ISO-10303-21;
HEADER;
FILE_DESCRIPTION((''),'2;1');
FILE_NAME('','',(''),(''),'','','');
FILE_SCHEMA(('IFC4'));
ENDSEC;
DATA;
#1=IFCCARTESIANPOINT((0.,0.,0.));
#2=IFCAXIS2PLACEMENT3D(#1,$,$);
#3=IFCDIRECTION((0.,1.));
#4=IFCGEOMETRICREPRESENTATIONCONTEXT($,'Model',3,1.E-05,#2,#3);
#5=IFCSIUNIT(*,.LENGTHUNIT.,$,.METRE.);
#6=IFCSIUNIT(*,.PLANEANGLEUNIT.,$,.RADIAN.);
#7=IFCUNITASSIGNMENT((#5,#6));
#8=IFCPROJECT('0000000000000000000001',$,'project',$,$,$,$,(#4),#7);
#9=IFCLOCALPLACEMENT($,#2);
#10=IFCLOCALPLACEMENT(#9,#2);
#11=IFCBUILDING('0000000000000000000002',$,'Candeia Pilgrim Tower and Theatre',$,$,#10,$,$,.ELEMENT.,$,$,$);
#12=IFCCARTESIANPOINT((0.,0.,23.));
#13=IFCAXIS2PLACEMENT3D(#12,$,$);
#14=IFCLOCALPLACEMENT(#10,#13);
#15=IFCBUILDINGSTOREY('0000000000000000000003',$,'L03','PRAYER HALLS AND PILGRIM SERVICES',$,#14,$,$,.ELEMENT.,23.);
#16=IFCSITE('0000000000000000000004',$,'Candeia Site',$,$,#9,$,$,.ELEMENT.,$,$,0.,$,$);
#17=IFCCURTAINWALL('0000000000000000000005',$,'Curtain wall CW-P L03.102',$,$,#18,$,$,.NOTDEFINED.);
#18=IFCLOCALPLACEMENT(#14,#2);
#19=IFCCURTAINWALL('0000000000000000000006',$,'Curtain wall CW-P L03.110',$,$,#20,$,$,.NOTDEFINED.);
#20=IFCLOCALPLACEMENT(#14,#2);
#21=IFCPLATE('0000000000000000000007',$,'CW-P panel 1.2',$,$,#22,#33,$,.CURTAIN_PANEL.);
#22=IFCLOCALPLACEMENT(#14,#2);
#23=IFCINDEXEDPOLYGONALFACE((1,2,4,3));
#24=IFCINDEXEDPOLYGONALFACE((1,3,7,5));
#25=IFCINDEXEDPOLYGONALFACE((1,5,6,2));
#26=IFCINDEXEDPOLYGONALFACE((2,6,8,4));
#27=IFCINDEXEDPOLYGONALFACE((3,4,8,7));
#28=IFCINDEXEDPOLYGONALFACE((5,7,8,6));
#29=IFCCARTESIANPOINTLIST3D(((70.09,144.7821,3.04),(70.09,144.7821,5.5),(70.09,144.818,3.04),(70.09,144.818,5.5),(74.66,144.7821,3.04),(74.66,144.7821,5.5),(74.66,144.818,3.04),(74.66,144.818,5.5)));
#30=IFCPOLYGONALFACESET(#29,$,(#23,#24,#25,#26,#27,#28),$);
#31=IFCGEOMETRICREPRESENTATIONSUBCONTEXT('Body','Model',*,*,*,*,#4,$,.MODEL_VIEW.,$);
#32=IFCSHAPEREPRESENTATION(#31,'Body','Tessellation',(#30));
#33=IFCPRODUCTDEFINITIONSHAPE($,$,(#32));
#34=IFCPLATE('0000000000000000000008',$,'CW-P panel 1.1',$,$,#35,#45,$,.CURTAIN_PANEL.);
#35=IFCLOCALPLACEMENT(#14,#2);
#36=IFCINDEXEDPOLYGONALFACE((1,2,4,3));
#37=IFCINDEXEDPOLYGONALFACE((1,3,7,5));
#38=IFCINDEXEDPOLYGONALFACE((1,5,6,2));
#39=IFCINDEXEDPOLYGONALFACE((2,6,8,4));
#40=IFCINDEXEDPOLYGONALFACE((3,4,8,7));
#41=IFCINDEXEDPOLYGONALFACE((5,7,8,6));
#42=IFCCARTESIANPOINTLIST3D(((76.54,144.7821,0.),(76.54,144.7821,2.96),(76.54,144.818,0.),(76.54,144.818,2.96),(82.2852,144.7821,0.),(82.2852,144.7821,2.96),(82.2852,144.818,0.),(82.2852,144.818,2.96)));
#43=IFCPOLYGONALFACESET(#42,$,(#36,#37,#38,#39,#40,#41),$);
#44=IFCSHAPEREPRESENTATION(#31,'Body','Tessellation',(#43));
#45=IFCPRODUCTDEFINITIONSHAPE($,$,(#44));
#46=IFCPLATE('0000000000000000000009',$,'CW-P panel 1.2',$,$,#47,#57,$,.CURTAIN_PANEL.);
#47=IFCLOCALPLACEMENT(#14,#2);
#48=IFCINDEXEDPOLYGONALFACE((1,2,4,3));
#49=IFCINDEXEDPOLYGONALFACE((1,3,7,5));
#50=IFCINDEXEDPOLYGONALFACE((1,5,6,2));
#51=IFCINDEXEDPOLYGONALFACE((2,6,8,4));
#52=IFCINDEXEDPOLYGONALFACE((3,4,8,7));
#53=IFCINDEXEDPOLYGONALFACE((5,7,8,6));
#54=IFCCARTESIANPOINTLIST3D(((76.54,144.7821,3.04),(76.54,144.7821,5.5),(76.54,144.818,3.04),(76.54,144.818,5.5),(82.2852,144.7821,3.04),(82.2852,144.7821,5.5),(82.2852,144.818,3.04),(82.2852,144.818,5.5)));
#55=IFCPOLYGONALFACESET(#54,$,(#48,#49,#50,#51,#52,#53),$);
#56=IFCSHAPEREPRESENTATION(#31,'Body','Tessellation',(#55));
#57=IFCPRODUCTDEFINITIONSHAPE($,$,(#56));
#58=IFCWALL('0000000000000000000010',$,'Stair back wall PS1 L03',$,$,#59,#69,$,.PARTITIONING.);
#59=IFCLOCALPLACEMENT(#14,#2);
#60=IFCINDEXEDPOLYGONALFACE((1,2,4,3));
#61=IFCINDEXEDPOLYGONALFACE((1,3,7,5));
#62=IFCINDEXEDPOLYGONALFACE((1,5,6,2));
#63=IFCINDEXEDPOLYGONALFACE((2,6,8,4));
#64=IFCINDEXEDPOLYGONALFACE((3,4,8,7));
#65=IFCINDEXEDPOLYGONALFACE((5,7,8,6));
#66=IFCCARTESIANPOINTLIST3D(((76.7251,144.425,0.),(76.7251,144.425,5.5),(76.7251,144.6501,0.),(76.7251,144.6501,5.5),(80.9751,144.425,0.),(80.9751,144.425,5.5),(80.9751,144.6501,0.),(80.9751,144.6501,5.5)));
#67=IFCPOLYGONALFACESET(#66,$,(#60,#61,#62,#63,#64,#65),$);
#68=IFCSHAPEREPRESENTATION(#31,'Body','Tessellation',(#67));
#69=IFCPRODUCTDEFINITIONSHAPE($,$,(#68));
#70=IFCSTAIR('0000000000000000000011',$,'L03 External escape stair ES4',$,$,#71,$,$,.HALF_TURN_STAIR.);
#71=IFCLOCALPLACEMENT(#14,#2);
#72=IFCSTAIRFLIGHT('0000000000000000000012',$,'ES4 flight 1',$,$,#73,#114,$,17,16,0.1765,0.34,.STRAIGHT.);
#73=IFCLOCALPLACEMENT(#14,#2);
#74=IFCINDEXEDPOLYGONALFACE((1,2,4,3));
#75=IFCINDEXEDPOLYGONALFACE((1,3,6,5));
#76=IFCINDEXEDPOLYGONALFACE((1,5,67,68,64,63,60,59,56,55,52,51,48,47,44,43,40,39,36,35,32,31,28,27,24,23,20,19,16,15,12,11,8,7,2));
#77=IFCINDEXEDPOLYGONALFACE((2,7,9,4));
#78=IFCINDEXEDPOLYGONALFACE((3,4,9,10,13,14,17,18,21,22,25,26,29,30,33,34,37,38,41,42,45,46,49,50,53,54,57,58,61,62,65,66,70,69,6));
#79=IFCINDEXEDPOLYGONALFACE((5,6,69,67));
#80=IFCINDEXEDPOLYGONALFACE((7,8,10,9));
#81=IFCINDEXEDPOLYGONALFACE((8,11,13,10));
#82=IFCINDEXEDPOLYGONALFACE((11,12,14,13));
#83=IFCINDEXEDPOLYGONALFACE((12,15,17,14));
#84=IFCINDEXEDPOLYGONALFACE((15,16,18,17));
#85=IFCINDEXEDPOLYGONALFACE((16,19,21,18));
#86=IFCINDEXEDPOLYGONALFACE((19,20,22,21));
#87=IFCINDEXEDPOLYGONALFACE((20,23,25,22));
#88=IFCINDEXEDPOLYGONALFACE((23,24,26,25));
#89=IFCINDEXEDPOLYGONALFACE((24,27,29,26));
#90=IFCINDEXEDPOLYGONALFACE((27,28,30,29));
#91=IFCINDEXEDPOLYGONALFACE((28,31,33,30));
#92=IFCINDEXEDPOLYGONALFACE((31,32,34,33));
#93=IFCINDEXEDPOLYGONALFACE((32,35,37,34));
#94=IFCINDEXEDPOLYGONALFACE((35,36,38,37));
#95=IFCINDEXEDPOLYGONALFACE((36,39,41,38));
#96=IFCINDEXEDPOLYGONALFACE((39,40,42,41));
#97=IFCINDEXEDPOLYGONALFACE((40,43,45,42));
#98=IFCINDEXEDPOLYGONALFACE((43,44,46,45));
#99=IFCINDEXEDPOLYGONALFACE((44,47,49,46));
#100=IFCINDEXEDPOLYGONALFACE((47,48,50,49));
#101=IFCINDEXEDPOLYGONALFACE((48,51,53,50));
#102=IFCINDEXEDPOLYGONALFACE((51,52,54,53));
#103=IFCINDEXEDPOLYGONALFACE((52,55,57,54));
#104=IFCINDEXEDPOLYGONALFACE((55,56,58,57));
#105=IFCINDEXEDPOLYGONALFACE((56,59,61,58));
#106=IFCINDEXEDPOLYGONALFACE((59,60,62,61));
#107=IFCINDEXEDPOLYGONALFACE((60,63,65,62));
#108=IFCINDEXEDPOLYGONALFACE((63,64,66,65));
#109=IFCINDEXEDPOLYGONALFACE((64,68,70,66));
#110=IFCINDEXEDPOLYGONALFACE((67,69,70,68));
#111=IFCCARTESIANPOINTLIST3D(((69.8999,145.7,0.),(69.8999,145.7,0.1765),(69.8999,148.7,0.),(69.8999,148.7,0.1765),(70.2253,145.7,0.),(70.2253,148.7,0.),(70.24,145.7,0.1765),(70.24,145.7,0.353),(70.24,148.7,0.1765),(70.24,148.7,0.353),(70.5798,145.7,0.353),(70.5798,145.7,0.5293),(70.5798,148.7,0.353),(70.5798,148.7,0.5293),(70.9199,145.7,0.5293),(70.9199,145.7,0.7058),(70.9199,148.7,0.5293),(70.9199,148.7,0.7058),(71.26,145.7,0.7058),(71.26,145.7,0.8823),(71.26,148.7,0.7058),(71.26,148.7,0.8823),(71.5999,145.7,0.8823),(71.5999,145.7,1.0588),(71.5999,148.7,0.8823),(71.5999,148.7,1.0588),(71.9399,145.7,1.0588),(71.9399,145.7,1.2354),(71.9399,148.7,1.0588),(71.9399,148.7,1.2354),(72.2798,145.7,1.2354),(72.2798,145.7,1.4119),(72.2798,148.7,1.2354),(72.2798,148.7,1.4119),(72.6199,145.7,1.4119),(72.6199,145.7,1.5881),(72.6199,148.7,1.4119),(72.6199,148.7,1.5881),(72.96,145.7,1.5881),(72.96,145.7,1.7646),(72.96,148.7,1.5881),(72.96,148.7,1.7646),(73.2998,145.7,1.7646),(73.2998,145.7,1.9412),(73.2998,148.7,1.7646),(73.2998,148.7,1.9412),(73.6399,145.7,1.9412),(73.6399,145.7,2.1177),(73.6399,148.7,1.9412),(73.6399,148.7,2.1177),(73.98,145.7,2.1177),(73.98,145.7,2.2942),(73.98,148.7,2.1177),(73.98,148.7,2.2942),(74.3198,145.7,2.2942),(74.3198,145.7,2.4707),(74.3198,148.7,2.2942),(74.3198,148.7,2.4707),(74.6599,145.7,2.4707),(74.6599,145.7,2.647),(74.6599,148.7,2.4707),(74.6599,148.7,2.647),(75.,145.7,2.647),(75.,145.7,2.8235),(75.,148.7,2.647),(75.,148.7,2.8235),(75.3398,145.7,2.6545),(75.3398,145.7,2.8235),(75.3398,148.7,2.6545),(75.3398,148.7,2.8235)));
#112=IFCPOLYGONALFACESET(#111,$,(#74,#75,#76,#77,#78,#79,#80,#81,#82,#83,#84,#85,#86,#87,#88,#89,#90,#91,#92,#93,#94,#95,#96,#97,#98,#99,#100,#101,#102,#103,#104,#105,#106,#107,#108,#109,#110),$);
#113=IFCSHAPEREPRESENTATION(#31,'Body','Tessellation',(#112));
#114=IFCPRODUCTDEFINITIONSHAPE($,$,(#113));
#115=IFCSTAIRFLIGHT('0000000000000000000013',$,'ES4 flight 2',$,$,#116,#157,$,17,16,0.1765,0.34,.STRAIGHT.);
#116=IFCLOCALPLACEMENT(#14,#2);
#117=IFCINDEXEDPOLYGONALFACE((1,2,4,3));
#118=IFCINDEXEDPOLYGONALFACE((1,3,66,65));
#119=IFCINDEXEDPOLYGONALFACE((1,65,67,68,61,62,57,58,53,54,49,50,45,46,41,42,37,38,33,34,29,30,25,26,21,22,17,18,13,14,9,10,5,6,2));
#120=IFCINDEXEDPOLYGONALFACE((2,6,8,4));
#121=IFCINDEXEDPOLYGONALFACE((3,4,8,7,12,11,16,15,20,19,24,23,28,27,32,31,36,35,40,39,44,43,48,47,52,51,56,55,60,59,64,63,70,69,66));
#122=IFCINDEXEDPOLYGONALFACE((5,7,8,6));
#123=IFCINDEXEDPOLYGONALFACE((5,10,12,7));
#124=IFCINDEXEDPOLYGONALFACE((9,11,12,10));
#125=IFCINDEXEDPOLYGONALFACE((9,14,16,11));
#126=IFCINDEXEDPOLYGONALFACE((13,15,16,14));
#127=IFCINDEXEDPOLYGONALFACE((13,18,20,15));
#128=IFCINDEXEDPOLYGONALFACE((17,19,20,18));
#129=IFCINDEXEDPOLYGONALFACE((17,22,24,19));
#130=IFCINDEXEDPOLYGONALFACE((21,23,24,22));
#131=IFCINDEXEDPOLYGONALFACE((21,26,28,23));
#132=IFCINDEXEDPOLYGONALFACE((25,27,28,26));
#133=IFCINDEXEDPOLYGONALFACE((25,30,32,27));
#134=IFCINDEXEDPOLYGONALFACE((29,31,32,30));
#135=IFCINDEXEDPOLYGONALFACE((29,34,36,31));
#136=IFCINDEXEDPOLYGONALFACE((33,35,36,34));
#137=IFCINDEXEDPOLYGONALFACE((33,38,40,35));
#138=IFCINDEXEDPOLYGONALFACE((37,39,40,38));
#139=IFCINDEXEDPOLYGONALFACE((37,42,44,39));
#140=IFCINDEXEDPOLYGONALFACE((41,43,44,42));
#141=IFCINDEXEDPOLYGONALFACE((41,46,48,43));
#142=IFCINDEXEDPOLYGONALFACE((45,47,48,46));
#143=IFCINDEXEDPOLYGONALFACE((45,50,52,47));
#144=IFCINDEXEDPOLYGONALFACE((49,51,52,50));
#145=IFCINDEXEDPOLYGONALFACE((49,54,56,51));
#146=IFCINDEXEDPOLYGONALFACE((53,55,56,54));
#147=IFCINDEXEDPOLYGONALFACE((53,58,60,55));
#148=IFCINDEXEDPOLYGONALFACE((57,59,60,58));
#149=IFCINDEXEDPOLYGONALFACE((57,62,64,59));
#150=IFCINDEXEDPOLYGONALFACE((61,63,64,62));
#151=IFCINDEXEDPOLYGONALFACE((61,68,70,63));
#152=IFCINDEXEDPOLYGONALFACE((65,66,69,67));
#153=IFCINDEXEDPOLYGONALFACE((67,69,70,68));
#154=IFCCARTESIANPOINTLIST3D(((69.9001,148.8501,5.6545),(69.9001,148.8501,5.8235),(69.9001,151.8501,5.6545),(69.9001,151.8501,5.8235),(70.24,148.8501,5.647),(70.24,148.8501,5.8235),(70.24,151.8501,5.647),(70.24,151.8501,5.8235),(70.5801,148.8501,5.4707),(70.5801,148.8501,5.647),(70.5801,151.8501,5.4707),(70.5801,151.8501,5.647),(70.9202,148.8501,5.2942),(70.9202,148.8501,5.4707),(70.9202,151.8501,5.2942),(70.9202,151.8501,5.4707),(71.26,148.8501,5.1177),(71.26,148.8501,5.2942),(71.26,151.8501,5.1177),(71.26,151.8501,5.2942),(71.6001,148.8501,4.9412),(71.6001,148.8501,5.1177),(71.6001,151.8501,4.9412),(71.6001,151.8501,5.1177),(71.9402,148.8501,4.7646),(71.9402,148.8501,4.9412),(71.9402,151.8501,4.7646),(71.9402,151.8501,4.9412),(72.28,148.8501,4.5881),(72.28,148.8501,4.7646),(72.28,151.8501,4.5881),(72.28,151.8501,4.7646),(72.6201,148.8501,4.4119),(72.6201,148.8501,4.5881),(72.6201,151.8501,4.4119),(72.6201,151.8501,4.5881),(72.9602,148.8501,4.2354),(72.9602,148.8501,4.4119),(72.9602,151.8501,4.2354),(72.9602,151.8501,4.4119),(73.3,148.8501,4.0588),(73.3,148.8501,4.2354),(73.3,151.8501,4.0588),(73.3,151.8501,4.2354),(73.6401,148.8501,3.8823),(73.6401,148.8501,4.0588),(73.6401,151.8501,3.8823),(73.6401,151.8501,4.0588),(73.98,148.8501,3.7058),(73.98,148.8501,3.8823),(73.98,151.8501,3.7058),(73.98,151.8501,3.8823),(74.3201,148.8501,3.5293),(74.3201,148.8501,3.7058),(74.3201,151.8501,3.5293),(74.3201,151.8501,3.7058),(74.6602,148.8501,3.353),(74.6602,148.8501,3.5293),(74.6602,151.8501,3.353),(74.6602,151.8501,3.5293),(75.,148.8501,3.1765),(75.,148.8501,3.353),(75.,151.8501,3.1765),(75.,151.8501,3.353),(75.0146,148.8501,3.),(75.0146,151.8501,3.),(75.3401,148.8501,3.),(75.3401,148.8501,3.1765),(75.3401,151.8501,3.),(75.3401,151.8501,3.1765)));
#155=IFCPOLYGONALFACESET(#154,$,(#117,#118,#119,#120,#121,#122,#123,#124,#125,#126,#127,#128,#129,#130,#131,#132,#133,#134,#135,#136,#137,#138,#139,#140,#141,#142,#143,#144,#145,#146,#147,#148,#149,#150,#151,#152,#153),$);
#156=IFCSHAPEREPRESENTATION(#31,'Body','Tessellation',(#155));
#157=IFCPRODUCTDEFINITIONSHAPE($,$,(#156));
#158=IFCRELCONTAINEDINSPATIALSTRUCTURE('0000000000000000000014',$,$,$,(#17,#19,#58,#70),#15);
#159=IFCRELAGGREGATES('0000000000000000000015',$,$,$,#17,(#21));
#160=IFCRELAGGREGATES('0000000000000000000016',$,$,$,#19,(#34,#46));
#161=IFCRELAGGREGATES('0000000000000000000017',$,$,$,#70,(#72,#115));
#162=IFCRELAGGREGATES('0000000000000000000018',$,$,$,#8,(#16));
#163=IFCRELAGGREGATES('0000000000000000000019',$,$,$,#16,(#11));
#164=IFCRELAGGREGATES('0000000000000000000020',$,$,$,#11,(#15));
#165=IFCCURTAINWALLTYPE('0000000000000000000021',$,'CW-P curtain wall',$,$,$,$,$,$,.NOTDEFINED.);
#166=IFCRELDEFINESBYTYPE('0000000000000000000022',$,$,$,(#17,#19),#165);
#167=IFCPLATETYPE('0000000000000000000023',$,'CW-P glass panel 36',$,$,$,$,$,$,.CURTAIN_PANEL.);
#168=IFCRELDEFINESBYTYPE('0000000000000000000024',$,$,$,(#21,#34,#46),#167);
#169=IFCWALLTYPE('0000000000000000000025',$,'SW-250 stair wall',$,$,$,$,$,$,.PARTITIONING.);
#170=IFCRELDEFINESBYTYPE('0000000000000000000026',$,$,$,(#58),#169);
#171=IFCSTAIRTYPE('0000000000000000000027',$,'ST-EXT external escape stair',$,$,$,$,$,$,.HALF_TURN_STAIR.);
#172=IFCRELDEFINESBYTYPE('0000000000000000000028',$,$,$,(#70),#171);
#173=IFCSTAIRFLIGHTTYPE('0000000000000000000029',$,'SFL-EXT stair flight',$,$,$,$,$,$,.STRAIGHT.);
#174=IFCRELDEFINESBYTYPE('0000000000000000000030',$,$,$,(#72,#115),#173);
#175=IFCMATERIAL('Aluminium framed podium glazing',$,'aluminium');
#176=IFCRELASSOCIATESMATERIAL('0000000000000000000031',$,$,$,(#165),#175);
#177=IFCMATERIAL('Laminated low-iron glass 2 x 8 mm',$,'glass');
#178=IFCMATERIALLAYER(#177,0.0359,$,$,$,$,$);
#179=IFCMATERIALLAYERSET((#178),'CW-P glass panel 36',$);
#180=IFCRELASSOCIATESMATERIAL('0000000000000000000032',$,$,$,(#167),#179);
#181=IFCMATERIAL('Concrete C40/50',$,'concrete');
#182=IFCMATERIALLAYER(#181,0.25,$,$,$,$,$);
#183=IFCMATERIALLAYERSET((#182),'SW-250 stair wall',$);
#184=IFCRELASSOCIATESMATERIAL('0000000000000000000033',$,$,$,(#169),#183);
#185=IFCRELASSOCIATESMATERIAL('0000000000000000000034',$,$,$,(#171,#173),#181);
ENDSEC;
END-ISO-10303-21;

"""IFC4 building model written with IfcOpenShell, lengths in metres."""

from ifc_helpers import new_model, si_unit, direction, frame, frame_2d, origin, origin_2d, place, context, subcontext, project, spatial, polyline, rectangle, outline, extrude, material, layer, layer_set, type_object, element, aggregate, save


model = new_model("IFC4")

# Units and contexts
model_context = context("Model", 3, precision=1e-05, world=origin(), true_north=direction((0.0, 1.0)))
body_context = subcontext(model_context, "Body", "Model", "MODEL_VIEW")
ifc_project = project(units=[si_unit("LENGTHUNIT", "METRE"), si_unit("PLANEANGLEUNIT", "RADIAN")], contexts=[model_context])

# Site, building, storey
site_placement = place(None, origin())
site = spatial("IfcSite", under=ifc_project, at=site_placement, Name="Candeia Site", CompositionType="ELEMENT", RefElevation=0.0)
building_placement = place(site_placement, origin())
building = spatial("IfcBuilding", under=site, at=building_placement, Name="Candeia Pilgrim Tower and Theatre", CompositionType="ELEMENT")
storey_placement = place(building_placement, frame((0.0, 0.0, 23.0)))
storey = spatial("IfcBuildingStorey", under=building, at=storey_placement, Name="L03", Description="PRAYER HALLS AND PILGRIM SERVICES", CompositionType="ELEMENT", Elevation=23.0)

# Shared definitions
ifc_material_1 = material(Name="Concrete C40/50", Category="concrete")

# Shared definitions
ifc_material_2 = material(Name="Aluminium framed podium glazing", Category="aluminium")
curtain_wall_type = type_object("IfcCurtainWallType", Name="CW-P curtain wall", PredefinedType="NOTDEFINED", material=ifc_material_2)

# Curtain wall
curtain_wall_1_placement = place(storey_placement, origin())
curtain_wall_1 = element("IfcCurtainWall", 1, at=curtain_wall_1_placement, inside=storey, type_object=curtain_wall_type, Name="Curtain wall CW-P L03.102", PredefinedType="NOTDEFINED")

# Curtain wall
curtain_wall_2_placement = place(storey_placement, origin())
curtain_wall_2 = element("IfcCurtainWall", 2, at=curtain_wall_2_placement, inside=storey, type_object=curtain_wall_type, Name="Curtain wall CW-P L03.110", PredefinedType="NOTDEFINED")

# Plates
ifc_material_3 = material(Name="Laminated low-iron glass 2 x 8 mm", Category="glass")
ifc_layer_1 = layer(ifc_material_3, 0.0359)
ifc_layer_set_1 = layer_set([ifc_layer_1], Name="CW-P glass panel 36")
plate_type = type_object("IfcPlateType", Name="CW-P glass panel 36", PredefinedType="CURTAIN_PANEL", material=ifc_layer_set_1)
plate_1_placement = place(storey_placement, frame((72.375, 144.8, 3.04), z_axis=(0.0, 0.0, 1.0), x_axis=(1.0, 0.0, 0.0)))
plate_1 = element("IfcPlate", 3, at=plate_1_placement, type_object=plate_type, Name="CW-P panel 1.2", PredefinedType="CURTAIN_PANEL", context=body_context, shape_type="SweptSolid", body=[
    extrude(rectangle(XDim=4.5701, YDim=0.0359, at=origin_2d()), origin(), (0.0, 0.0, 1.0), 2.46),
])
aggregate(curtain_wall_1, [plate_1])
plate_2_placement = place(storey_placement, frame((79.4126, 144.8, 0.0), z_axis=(0.0, 0.0, 1.0), x_axis=(1.0, 0.0, 0.0)))
plate_2 = element("IfcPlate", 4, at=plate_2_placement, type_object=plate_type, Name="CW-P panel 1.1", PredefinedType="CURTAIN_PANEL", context=body_context, shape_type="SweptSolid", body=[
    extrude(rectangle(XDim=5.7451, YDim=0.0359, at=origin_2d()), origin(), (0.0, 0.0, 1.0), 2.96),
])
plate_3_placement = place(storey_placement, frame((79.4126, 144.8, 3.04), z_axis=(0.0, 0.0, 1.0), x_axis=(1.0, 0.0, 0.0)))
plate_3 = element("IfcPlate", 5, at=plate_3_placement, type_object=plate_type, Name="CW-P panel 1.2", PredefinedType="CURTAIN_PANEL", context=body_context, shape_type="SweptSolid", body=[
    extrude(rectangle(XDim=5.7451, YDim=0.0359, at=origin_2d()), origin(), (0.0, 0.0, 1.0), 2.46),
])
aggregate(curtain_wall_2, [plate_2, plate_3])

# Wall
ifc_layer_2 = layer(ifc_material_1, 0.25)
ifc_layer_set_2 = layer_set([ifc_layer_2], Name="SW-250 stair wall")
wall_type_1 = type_object("IfcWallType", Name="SW-250 stair wall", PredefinedType="PARTITIONING", material=ifc_layer_set_2)
wall_1_placement = place(storey_placement, frame((76.7251, 144.5376, 0.0), z_axis=(0.0, 0.0, 1.0), x_axis=(1.0, 0.0, 0.0)))
element("IfcWall", 6, at=wall_1_placement, inside=storey, type_object=wall_type_1, Name="Stair back wall PS1 L03", PredefinedType="PARTITIONING", context=body_context, shape_type="SweptSolid", body=[
    extrude(rectangle(XDim=4.25, YDim=0.2251, at=frame_2d((2.125, 0.0))), origin(), (0.0, 0.0, 1.0), 5.5),
])

# Stair, stair flights
stair_type = type_object("IfcStairType", Name="ST-EXT external escape stair", PredefinedType="HALF_TURN_STAIR", material=ifc_material_1)
stair_placement = place(storey_placement, origin())
stair = element("IfcStair", 7, at=stair_placement, inside=storey, type_object=stair_type, Name="L03 External escape stair ES4", PredefinedType="HALF_TURN_STAIR")
stair_flight_type = type_object("IfcStairFlightType", Name="SFL-EXT stair flight", PredefinedType="STRAIGHT", material=ifc_material_1)
stair_flight_1_placement = place(storey_placement, frame((69.8999, 147.2, 0.0), z_axis=(0.0, 0.0, 1.0), x_axis=(1.0, 0.0, 0.0)))
stair_flight_1 = element("IfcStairFlight", 8, at=stair_flight_1_placement, type_object=stair_flight_type, Name="ES4 flight 1", NumberOfRisers=17, NumberOfTreads=16, PredefinedType="STRAIGHT", RiserHeight=0.1765, TreadLength=0.34, context=body_context, shape_type="SweptSolid", body=[
    extrude(outline(polyline([(0.0, 0.0), (0.0, 0.1765), (0.3401, 0.1765), (0.3401, 0.353), (0.6799, 0.353), (0.6799, 0.5293), (1.02, 0.5293), (1.02, 0.7058), (1.3601, 0.7058), (1.3601, 0.8823), (1.7, 0.8823), (1.7, 1.0588), (2.04, 1.0588), (2.04, 1.2354), (2.3799, 1.2354), (2.3799, 1.4119), (2.72, 1.4119), (2.72, 1.5881), (3.0601, 1.5881), (3.0601, 1.7646), (3.3999, 1.7646), (3.3999, 1.9412), (3.74, 1.9412), (3.74, 2.1177), (4.0801, 2.1177), (4.0801, 2.2942), (4.4199, 2.2942), (4.4199, 2.4707), (4.76, 2.4707), (4.76, 2.647), (5.1001, 2.647), (5.1001, 2.8235), (5.4399, 2.8235), (5.4399, 3.0), (5.4399, 2.6545), (0.3254, 0.0), (0.0, 0.0)])), frame((0.0, 1.5, 0.0), z_axis=(0.0, -1.0, 0.0), x_axis=(1.0, 0.0, 0.0)), (0.0, 0.0, 1.0), 3.0),
])
stair_flight_2_placement = place(storey_placement, frame((75.3401, 150.3501, 3.0), z_axis=(0.0, 0.0, 1.0), x_axis=(-1.0, 0.0, 0.0)))
stair_flight_2 = element("IfcStairFlight", 9, at=stair_flight_2_placement, type_object=stair_flight_type, Name="ES4 flight 2", NumberOfRisers=17, NumberOfTreads=16, PredefinedType="STRAIGHT", RiserHeight=0.1765, TreadLength=0.34, context=body_context, shape_type="SweptSolid", body=[
    extrude(outline(polyline([(0.0, 0.0), (0.0, 0.1765), (0.3401, 0.1765), (0.3401, 0.353), (0.6799, 0.353), (0.6799, 0.5293), (1.02, 0.5293), (1.02, 0.7058), (1.3601, 0.7058), (1.3601, 0.8823), (1.7, 0.8823), (1.7, 1.0588), (2.04, 1.0588), (2.04, 1.2354), (2.3799, 1.2354), (2.3799, 1.4119), (2.72, 1.4119), (2.72, 1.5881), (3.0601, 1.5881), (3.0601, 1.7646), (3.3999, 1.7646), (3.3999, 1.9412), (3.74, 1.9412), (3.74, 2.1177), (4.0801, 2.1177), (4.0801, 2.2942), (4.4199, 2.2942), (4.4199, 2.4707), (4.76, 2.4707), (4.76, 2.647), (5.1001, 2.647), (5.1001, 2.8235), (5.4399, 2.8235), (5.4399, 3.0), (5.4399, 2.6545), (0.3254, 0.0), (0.0, 0.0)])), frame((0.0, 1.5, 0.0), z_axis=(0.0, -1.0, 0.0), x_axis=(1.0, 0.0, 0.0)), (0.0, 0.0, 1.0), 3.0),
])
aggregate(stair, [stair_flight_1, stair_flight_2])

save(model, "model.ifc")
